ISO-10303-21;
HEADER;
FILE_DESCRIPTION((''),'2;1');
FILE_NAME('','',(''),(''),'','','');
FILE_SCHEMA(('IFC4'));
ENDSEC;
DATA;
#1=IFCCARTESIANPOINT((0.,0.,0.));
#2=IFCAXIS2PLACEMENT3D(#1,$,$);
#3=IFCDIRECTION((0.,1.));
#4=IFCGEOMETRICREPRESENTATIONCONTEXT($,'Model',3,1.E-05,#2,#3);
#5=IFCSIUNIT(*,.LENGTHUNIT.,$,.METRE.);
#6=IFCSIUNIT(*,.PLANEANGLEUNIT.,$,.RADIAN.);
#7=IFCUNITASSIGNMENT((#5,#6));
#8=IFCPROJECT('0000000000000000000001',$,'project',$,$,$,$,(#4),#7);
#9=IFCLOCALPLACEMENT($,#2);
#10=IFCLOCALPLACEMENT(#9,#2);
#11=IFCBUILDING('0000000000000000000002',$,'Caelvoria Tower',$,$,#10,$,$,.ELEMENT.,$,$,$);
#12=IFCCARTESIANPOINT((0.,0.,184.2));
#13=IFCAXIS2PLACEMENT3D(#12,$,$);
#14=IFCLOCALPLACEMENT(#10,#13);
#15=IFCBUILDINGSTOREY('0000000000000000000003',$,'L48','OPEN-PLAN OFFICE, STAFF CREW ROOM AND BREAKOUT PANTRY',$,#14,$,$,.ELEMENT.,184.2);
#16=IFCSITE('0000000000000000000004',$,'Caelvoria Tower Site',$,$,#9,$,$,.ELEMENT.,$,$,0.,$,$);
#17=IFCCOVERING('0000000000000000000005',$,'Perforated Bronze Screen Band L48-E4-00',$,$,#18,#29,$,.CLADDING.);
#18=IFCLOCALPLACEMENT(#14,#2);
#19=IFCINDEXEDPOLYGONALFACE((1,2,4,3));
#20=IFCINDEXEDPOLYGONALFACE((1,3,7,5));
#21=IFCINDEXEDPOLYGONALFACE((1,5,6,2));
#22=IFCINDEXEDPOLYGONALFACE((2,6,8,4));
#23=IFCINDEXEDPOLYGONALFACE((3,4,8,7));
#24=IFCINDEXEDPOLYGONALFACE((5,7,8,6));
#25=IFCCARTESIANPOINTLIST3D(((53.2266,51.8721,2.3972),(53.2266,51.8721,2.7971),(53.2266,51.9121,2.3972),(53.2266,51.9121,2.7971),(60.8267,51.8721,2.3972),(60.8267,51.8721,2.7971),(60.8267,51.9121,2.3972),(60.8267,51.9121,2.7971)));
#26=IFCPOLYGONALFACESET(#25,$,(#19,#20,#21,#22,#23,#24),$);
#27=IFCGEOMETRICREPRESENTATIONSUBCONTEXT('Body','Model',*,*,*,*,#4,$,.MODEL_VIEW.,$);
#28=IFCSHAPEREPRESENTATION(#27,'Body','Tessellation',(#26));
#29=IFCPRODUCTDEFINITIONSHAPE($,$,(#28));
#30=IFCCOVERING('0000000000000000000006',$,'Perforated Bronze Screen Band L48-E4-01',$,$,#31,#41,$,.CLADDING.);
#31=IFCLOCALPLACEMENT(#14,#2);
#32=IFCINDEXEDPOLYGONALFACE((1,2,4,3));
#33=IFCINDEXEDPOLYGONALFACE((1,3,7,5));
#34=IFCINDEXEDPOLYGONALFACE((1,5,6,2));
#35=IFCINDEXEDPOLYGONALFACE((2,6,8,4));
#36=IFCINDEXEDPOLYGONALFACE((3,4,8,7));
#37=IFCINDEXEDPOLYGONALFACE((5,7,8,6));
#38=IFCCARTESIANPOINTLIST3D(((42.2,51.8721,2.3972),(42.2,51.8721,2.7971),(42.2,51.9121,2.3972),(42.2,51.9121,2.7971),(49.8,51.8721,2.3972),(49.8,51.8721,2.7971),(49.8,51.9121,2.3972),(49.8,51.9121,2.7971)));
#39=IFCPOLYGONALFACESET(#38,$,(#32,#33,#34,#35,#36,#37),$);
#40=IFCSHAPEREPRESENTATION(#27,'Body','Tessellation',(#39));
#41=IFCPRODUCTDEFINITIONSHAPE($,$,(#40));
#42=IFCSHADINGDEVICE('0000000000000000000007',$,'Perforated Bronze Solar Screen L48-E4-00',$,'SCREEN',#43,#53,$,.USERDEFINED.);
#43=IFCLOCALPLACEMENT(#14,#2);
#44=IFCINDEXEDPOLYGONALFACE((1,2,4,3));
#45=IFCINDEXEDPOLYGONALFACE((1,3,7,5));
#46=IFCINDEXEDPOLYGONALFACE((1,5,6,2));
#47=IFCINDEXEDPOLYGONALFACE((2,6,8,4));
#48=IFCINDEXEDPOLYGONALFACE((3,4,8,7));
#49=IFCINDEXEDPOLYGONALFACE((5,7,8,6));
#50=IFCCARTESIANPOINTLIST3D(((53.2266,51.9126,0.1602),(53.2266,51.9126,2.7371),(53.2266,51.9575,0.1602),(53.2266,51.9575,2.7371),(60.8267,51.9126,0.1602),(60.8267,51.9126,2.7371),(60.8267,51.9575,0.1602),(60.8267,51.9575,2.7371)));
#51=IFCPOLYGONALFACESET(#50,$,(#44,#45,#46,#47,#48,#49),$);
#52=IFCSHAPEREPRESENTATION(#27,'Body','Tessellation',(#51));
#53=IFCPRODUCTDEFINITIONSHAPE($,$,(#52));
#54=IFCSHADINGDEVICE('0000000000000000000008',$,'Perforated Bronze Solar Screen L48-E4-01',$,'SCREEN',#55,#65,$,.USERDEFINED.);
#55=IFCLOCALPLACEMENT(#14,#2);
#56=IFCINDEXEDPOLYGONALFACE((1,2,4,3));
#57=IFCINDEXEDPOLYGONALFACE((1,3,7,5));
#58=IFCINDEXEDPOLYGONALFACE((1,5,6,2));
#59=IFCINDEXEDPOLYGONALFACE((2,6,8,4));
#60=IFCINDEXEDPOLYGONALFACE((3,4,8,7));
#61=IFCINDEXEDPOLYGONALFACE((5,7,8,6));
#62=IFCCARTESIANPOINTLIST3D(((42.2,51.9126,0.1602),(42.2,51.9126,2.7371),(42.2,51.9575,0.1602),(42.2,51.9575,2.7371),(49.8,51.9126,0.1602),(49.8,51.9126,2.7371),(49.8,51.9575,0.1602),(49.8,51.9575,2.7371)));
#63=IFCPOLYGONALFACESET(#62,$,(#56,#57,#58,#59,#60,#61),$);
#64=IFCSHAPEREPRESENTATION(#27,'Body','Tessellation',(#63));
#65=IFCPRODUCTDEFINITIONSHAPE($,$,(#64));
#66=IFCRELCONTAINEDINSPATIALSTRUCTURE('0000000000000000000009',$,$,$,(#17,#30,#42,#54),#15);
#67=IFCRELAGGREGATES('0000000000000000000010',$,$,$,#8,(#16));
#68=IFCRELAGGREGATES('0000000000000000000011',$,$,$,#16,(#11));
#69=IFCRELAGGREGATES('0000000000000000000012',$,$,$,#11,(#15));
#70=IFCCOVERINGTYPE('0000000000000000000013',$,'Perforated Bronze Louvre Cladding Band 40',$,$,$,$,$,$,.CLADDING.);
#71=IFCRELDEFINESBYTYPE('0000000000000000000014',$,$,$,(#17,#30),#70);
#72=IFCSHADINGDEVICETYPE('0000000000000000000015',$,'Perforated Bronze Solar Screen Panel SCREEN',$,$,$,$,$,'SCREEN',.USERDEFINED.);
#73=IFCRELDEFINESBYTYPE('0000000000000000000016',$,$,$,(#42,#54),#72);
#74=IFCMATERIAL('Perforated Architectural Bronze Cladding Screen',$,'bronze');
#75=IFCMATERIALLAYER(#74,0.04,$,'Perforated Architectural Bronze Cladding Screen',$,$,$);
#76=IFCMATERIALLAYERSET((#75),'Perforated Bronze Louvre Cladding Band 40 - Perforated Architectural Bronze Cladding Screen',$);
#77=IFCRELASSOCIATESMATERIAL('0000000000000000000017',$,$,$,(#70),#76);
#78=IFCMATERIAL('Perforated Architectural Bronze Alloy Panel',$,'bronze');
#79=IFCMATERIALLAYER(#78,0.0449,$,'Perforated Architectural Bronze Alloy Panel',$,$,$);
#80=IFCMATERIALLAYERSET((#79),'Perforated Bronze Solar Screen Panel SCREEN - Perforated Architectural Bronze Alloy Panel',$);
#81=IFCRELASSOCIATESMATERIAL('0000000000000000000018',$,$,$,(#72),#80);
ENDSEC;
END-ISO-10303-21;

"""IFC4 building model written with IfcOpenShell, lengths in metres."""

from ifc_helpers import new_model, si_unit, direction, frame, origin, origin_2d, place, context, subcontext, project, spatial, rectangle, extrude, material, layer, layer_set, type_object, element, save


model = new_model("IFC4")

# Units and contexts
model_context = context("Model", 3, precision=1e-05, world=origin(), true_north=direction((0.0, 1.0)))
body_context = subcontext(model_context, "Body", "Model", "MODEL_VIEW")
ifc_project = project(units=[si_unit("LENGTHUNIT", "METRE"), si_unit("PLANEANGLEUNIT", "RADIAN")], contexts=[model_context])

# Site, building, storey
site_placement = place(None, origin())
site = spatial("IfcSite", under=ifc_project, at=site_placement, Name="Caelvoria Tower Site", CompositionType="ELEMENT", RefElevation=0.0)
building_placement = place(site_placement, origin())
building = spatial("IfcBuilding", under=site, at=building_placement, Name="Caelvoria Tower", CompositionType="ELEMENT")
storey_placement = place(building_placement, frame((0.0, 0.0, 184.2)))
storey = spatial("IfcBuildingStorey", under=building, at=storey_placement, Name="L48", Description="OPEN-PLAN OFFICE, STAFF CREW ROOM AND BREAKOUT PANTRY", CompositionType="ELEMENT", Elevation=184.2)

# Coverings
ifc_material_1 = material(Name="Perforated Architectural Bronze Cladding Screen", Category="bronze")
ifc_layer_1 = layer(ifc_material_1, 0.04, Name="Perforated Architectural Bronze Cladding Screen")
ifc_layer_set_1 = layer_set([ifc_layer_1], Name="Perforated Bronze Louvre Cladding Band 40 - Perforated Architectural Bronze Cladding Screen")
covering_type = type_object("IfcCoveringType", Name="Perforated Bronze Louvre Cladding Band 40", PredefinedType="CLADDING", material=ifc_layer_set_1)
for number, where, z_axis, x_axis, name in (
    (1, (57.0266, 51.8921, 2.3972), (0.0, 0.0, 1.0), (-1.0, 0.0, 0.0), "Perforated Bronze Screen Band L48-E4-00"),
    (2, (46.0, 51.8921, 2.3972), (0.0, 0.0, 1.0), (-1.0, 0.0, 0.0), "Perforated Bronze Screen Band L48-E4-01"),
):
    element("IfcCovering", number, at=place(storey_placement, frame(where, z_axis=z_axis, x_axis=x_axis)), inside=storey, type_object=covering_type, Name=name, PredefinedType="CLADDING", context=body_context, shape_type="SweptSolid", body=[
        extrude(rectangle(XDim=7.6001, YDim=0.04, at=origin_2d()), origin(), (0.0, 0.0, 1.0), 0.3999),
    ])

# Shading devices
ifc_material_2 = material(Name="Perforated Architectural Bronze Alloy Panel", Category="bronze")
ifc_layer_2 = layer(ifc_material_2, 0.0449, Name="Perforated Architectural Bronze Alloy Panel")
ifc_layer_set_2 = layer_set([ifc_layer_2], Name="Perforated Bronze Solar Screen Panel SCREEN - Perforated Architectural Bronze Alloy Panel")
shading_device_type = type_object("IfcShadingDeviceType", Name="Perforated Bronze Solar Screen Panel SCREEN", ElementType="SCREEN", PredefinedType="USERDEFINED", material=ifc_layer_set_2)
for number, where, z_axis, x_axis, name in (
    (3, (57.0266, 51.9351, 0.1602), (0.0, 0.0, 1.0), (-1.0, 0.0, 0.0), "Perforated Bronze Solar Screen L48-E4-00"),
    (4, (46.0, 51.9351, 0.1602), (0.0, 0.0, 1.0), (-1.0, 0.0, 0.0), "Perforated Bronze Solar Screen L48-E4-01"),
):
    element("IfcShadingDevice", number, at=place(storey_placement, frame(where, z_axis=z_axis, x_axis=x_axis)), inside=storey, type_object=shading_device_type, Name=name, ObjectType="SCREEN", PredefinedType="USERDEFINED", context=body_context, shape_type="SweptSolid", body=[
        extrude(rectangle(XDim=7.6001, YDim=0.0449, at=origin_2d()), origin(), (0.0, 0.0, 1.0), 2.5769),
    ])

save(model, "model.ifc")
